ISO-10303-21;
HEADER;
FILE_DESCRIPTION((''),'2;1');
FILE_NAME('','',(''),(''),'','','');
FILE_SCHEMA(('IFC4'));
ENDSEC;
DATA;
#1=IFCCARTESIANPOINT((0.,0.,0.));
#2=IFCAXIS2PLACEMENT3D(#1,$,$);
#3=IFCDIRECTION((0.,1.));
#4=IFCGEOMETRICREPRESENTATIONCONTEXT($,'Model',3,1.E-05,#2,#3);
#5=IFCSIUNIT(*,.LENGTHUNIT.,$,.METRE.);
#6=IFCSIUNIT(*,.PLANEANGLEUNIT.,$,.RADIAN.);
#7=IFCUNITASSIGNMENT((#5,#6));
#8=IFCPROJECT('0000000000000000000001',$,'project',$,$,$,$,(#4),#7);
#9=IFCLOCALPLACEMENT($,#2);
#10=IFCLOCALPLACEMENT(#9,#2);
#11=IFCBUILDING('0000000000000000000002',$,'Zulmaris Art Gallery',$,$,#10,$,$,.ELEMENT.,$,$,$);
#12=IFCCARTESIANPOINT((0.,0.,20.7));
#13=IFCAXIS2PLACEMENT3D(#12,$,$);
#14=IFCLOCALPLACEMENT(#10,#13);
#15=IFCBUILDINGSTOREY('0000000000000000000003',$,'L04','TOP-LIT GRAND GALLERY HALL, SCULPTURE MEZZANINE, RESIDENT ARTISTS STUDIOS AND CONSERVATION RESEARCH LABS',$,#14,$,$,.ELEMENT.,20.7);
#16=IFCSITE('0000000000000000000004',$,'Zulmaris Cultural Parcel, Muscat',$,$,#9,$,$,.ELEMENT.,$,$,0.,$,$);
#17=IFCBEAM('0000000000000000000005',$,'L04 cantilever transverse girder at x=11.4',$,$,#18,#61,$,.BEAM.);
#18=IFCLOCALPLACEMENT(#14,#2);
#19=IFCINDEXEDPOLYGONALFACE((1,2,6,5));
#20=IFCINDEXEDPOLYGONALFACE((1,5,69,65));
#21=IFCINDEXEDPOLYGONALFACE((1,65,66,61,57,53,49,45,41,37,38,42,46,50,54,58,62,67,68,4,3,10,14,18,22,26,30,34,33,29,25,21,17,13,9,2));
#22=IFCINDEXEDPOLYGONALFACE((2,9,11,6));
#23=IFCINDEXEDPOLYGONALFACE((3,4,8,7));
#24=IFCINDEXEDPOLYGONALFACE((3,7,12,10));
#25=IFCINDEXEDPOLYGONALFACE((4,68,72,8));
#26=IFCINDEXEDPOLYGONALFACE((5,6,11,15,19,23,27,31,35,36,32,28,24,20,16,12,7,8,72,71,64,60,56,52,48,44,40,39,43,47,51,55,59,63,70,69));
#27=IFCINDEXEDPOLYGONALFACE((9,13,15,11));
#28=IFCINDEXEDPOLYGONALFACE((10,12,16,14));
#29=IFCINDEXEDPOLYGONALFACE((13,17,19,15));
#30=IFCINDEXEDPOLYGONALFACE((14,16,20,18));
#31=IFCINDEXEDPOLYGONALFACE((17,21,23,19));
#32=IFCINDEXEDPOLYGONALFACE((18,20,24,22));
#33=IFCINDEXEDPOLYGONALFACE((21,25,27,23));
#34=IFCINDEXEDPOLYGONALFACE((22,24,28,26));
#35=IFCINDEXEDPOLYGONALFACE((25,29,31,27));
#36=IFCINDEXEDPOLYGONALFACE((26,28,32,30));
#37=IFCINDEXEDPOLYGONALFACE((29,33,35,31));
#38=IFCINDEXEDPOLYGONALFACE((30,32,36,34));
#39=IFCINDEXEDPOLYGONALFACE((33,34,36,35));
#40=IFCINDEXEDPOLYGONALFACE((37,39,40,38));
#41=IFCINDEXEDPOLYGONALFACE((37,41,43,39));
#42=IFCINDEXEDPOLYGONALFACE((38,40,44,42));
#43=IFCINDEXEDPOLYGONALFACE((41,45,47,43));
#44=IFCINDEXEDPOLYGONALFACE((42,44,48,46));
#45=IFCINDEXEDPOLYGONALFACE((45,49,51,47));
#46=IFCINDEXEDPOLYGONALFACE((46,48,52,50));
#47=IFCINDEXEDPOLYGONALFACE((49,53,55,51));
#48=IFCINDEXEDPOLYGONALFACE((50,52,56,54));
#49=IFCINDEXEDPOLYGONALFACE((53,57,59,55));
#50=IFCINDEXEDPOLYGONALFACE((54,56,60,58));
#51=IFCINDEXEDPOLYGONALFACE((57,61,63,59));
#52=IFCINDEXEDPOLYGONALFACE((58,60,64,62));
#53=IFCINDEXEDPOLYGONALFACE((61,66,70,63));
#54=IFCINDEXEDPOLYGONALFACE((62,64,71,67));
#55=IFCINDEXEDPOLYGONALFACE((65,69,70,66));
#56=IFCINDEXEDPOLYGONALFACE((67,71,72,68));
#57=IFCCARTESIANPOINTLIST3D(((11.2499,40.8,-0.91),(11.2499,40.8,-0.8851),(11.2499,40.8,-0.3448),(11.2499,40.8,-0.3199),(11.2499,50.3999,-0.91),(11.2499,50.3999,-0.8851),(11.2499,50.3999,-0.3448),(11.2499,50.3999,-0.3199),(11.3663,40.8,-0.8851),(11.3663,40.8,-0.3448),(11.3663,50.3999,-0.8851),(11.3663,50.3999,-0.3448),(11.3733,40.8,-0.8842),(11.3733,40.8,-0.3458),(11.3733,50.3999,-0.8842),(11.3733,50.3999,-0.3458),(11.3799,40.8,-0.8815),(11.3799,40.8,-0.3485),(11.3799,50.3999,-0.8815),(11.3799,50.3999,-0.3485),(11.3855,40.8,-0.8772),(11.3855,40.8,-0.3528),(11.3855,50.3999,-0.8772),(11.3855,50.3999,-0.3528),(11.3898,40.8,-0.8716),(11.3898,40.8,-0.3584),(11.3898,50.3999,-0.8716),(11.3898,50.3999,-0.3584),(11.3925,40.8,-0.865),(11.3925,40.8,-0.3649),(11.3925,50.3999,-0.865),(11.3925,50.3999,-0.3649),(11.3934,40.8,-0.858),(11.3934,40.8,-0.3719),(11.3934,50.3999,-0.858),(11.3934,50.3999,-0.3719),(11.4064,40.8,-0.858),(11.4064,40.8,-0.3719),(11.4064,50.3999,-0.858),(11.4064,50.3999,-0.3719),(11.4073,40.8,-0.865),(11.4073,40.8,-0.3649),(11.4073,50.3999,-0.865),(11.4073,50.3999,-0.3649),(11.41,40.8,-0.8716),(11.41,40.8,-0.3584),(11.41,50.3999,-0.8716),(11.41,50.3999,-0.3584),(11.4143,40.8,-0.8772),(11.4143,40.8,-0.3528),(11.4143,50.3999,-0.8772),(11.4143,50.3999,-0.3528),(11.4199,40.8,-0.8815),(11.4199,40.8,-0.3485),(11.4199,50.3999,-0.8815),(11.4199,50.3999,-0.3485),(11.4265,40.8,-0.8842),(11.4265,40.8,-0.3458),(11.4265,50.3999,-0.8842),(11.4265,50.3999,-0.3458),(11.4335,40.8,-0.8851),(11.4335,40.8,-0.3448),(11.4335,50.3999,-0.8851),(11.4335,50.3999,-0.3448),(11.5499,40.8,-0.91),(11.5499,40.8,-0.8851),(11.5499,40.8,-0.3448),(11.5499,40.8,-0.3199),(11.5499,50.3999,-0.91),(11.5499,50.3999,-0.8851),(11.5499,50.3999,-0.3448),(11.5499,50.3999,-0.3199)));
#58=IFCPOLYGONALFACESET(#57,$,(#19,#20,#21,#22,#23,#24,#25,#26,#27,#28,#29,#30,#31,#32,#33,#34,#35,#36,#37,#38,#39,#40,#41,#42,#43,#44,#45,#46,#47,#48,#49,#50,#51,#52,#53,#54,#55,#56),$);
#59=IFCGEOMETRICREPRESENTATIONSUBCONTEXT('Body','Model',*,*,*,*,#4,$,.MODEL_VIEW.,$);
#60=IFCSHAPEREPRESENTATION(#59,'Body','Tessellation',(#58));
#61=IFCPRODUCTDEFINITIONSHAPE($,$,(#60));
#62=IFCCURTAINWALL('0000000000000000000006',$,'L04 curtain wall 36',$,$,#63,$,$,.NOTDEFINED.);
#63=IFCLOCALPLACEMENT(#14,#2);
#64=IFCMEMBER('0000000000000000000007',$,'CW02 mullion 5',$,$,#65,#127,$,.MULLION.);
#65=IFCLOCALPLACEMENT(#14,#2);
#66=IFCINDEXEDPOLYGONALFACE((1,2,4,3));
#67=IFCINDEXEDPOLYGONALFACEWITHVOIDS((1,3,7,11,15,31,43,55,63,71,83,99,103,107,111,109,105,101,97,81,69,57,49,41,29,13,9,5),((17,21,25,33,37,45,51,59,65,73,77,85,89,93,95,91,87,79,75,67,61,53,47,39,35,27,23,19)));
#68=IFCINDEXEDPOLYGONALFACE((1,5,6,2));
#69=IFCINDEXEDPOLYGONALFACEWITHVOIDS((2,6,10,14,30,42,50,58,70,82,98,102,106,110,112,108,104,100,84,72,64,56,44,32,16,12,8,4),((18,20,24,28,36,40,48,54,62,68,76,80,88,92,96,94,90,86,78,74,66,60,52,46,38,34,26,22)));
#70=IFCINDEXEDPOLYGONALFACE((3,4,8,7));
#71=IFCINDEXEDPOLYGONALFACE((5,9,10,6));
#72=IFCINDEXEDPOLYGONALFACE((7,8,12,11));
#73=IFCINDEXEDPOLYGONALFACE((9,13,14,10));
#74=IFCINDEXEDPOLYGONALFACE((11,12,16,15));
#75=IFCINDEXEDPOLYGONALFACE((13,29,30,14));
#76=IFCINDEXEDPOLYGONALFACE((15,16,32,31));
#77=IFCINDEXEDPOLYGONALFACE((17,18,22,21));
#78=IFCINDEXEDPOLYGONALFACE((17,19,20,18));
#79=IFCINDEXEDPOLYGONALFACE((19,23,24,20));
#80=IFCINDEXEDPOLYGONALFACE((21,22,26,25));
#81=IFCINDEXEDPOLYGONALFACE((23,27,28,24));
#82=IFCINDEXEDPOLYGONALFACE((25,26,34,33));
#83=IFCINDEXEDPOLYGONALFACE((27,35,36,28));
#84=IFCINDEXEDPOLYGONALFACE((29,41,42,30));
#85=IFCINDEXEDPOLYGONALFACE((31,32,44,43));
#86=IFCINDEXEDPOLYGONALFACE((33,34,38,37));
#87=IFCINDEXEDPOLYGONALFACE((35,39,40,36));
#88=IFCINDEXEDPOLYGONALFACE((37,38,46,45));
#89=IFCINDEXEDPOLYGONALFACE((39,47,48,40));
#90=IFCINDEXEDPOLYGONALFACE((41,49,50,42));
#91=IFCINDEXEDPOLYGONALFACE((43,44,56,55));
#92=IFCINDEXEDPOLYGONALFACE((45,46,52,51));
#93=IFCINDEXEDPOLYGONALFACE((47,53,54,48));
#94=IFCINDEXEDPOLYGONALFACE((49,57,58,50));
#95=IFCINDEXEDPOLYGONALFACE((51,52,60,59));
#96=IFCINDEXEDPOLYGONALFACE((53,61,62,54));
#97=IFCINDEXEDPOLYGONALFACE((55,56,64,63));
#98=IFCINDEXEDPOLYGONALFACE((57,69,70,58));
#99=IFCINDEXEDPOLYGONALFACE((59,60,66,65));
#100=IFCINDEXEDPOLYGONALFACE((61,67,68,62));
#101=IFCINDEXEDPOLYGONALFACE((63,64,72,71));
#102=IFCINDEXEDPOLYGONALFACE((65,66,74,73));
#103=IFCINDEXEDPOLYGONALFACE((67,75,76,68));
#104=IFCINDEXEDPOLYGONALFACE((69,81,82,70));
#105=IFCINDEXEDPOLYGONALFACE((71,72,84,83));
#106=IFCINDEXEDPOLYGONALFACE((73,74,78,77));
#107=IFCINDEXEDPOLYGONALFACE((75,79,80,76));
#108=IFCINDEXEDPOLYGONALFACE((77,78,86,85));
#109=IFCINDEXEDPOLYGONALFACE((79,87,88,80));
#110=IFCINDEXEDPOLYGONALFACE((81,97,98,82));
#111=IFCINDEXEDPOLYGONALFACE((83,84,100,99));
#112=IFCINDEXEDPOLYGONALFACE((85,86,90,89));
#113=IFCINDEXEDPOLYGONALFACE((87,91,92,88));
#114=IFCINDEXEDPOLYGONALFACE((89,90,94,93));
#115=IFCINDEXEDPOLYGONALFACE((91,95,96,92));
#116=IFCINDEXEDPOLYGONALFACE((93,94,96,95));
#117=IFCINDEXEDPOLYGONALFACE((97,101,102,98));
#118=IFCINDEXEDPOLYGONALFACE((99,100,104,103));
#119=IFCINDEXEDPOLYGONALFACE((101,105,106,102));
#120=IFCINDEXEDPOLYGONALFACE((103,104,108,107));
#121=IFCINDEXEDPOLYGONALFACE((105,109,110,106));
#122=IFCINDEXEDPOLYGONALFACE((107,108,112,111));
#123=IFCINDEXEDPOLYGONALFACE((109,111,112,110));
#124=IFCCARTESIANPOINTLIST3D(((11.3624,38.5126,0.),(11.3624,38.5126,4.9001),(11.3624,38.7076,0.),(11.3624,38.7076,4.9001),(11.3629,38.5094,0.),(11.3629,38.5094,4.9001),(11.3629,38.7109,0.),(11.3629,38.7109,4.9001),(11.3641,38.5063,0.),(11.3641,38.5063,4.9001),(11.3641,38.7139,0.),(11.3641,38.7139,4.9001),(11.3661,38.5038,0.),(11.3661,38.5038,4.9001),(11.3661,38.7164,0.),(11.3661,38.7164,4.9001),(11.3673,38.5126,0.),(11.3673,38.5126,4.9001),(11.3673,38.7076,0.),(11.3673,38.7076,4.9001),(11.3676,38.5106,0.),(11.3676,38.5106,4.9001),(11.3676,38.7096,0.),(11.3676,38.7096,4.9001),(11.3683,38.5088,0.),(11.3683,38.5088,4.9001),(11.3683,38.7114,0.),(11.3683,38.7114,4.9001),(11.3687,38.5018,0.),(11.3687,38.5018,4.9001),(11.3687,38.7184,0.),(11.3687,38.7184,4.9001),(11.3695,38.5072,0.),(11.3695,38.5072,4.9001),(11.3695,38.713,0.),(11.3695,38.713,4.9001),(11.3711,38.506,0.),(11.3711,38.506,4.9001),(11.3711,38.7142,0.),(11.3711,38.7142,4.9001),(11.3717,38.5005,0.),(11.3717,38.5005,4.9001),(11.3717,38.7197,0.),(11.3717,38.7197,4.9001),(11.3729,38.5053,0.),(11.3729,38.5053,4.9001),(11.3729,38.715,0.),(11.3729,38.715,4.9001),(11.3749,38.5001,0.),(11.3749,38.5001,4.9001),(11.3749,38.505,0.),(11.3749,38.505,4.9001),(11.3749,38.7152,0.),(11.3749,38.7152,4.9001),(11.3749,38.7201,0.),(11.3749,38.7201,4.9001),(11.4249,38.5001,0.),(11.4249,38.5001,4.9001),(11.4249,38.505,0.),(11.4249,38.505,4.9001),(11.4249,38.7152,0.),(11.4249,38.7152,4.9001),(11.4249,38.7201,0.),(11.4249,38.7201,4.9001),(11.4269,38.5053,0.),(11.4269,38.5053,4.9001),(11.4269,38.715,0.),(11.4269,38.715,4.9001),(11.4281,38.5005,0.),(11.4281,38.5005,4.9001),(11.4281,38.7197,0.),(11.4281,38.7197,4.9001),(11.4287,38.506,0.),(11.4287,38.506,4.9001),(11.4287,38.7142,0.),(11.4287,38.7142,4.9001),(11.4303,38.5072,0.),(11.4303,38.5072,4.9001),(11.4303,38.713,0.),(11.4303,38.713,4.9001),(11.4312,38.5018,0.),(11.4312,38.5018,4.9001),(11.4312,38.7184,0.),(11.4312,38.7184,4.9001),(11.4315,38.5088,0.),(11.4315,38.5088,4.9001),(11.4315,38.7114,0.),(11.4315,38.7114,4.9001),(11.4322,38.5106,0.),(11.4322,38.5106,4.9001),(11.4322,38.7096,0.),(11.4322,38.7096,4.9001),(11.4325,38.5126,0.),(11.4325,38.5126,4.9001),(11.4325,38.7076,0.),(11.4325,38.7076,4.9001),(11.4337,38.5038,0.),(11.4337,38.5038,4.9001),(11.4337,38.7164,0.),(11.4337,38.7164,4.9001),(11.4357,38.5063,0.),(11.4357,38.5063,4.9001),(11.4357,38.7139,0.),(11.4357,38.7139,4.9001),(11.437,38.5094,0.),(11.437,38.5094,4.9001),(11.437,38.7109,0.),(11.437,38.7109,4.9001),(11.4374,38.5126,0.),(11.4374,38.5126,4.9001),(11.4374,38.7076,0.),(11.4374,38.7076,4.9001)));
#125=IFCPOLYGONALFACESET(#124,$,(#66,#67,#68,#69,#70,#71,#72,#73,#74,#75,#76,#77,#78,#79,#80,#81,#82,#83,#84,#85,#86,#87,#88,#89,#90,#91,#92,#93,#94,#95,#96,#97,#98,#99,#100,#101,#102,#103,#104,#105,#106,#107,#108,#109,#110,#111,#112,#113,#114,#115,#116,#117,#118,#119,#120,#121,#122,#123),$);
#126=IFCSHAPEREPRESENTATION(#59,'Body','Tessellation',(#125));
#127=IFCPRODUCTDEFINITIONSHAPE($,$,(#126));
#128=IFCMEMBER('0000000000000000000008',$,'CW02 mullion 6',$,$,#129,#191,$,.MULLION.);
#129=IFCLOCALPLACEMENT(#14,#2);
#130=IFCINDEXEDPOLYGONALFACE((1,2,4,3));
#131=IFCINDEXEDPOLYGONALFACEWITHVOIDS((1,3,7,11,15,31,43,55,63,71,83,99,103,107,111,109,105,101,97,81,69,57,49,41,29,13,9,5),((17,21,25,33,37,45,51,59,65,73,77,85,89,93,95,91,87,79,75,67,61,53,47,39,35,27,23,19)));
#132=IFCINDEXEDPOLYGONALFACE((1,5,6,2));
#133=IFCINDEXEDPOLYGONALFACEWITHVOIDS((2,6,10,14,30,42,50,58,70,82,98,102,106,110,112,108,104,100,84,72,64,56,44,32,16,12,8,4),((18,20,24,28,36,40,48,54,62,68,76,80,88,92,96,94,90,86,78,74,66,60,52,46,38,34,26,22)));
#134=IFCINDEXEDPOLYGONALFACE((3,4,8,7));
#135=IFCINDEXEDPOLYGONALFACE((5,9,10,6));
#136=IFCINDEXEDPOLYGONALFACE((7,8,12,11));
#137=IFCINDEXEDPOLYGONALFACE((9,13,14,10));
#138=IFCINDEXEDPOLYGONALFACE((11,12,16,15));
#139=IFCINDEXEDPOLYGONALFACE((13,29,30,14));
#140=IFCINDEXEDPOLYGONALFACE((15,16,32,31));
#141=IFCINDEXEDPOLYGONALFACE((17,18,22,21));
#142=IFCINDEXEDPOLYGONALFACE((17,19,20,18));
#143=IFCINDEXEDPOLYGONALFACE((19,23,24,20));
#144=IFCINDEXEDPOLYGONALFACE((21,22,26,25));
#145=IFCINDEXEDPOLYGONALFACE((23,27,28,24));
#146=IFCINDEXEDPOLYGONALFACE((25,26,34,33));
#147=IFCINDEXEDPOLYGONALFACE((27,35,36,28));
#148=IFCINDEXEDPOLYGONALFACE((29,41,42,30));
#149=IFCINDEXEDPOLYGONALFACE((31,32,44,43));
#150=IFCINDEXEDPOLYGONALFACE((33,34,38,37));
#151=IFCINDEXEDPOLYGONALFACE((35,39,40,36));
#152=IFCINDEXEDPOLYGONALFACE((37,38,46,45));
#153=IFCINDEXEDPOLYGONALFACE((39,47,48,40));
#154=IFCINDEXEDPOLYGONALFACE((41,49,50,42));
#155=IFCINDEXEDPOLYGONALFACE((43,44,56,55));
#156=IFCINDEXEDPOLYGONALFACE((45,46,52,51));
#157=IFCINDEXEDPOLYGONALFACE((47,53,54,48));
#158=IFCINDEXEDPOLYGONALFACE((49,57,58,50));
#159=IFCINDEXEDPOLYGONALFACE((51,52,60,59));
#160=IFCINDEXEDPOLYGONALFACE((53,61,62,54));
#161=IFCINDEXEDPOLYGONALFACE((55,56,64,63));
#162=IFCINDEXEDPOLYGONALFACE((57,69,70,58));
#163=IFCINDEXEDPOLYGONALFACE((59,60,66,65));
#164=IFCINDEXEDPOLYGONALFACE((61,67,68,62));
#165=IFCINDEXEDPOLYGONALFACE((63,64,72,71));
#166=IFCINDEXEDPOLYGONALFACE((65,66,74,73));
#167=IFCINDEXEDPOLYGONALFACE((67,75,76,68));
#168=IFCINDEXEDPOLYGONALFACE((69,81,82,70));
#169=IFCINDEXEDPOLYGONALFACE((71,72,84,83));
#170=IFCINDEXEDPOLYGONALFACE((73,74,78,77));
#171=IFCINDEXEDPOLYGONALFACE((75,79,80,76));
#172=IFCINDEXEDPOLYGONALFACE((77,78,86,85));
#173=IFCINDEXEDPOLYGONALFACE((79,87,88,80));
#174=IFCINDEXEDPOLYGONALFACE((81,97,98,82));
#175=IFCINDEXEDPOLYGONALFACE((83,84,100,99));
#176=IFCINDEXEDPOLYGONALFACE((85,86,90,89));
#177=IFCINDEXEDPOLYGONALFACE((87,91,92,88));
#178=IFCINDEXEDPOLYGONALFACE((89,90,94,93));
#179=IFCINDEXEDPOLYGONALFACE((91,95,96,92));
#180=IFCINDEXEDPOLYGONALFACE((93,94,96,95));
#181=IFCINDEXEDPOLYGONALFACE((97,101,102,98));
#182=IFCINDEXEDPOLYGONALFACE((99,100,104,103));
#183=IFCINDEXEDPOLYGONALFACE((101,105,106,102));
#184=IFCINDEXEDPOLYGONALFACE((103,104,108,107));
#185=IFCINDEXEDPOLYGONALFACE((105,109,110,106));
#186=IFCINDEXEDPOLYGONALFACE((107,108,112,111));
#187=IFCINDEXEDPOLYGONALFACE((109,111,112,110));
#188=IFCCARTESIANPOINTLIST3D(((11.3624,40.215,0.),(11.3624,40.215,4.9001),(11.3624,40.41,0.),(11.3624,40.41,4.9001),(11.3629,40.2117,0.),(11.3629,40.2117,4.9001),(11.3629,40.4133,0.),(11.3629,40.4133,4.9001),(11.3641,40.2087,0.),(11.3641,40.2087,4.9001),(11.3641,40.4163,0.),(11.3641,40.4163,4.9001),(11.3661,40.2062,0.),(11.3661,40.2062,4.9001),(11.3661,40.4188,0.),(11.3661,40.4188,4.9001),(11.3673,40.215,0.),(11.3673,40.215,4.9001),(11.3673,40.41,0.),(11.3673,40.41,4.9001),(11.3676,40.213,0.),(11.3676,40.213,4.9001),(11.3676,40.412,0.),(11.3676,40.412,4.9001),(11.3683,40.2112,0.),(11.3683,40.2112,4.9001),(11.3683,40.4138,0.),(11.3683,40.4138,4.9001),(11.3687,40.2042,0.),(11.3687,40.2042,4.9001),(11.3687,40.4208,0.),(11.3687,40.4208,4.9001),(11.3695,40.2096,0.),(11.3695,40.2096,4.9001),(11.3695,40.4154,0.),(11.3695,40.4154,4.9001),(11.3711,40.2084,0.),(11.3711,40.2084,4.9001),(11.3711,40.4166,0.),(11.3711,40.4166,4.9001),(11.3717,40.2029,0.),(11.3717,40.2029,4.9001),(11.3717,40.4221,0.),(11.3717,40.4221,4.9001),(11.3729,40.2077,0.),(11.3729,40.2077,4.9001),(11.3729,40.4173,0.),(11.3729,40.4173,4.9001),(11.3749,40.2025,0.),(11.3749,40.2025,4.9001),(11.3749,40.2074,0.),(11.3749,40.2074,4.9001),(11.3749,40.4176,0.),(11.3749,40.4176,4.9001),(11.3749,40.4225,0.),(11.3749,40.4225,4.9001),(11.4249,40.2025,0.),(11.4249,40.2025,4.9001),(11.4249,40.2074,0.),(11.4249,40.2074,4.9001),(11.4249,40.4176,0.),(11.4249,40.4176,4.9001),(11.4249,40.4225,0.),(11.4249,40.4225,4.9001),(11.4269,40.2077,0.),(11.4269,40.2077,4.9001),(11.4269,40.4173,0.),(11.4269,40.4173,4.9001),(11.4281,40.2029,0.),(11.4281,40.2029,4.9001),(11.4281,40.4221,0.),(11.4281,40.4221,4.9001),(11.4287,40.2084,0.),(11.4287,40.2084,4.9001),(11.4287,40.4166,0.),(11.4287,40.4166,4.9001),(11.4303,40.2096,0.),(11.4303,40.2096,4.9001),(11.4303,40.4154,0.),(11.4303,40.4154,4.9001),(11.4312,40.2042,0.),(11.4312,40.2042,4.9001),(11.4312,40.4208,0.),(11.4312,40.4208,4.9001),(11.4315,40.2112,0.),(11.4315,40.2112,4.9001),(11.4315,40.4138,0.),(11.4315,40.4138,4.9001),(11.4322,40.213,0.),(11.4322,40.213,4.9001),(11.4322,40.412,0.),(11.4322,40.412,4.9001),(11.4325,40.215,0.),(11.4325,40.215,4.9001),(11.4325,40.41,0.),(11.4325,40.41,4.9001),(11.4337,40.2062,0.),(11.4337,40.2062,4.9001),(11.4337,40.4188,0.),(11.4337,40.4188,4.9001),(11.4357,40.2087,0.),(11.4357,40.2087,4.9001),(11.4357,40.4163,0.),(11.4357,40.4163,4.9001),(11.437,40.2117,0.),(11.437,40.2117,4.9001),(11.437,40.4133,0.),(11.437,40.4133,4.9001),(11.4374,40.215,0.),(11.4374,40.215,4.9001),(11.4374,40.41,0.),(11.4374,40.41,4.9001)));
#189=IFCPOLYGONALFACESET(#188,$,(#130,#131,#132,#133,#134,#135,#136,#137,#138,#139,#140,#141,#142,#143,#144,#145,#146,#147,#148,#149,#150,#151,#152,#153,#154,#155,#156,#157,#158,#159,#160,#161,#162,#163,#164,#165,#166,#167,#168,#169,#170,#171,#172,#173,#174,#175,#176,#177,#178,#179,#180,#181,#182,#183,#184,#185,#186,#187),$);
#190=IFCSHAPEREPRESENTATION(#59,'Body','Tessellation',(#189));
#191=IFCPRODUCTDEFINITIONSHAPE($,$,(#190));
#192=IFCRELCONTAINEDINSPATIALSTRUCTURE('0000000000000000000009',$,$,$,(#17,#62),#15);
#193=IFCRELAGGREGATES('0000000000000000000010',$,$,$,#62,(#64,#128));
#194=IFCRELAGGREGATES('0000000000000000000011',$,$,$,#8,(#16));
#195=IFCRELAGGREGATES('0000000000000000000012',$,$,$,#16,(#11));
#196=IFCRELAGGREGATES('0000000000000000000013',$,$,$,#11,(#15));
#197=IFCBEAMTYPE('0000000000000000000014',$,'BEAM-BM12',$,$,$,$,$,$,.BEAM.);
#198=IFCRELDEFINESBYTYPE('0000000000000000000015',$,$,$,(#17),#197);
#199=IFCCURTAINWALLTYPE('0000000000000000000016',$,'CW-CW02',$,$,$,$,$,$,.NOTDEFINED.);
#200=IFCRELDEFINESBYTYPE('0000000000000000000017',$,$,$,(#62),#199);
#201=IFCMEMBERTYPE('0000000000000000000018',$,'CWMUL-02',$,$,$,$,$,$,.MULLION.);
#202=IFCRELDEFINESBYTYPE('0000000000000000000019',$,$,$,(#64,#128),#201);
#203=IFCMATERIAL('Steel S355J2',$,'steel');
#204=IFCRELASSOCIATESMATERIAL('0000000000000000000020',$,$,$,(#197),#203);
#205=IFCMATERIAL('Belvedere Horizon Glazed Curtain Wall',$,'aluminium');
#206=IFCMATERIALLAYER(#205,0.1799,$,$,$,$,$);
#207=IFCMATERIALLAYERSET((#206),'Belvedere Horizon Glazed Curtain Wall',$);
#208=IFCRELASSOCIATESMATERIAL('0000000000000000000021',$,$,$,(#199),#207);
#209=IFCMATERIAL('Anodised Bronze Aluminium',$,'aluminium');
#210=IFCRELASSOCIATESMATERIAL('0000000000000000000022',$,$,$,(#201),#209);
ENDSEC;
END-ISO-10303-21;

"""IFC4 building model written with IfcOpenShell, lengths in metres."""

from ifc_helpers import new_model, si_unit, direction, frame, origin, origin_2d, place, context, subcontext, project, spatial, hollow_rectangle, i_section, extrude, material, layer, layer_set, material_profile, profile_set, type_object, element, aggregate, save


model = new_model("IFC4")

# Units and contexts
model_context = context("Model", 3, precision=1e-05, world=origin(), true_north=direction((0.0, 1.0)))
body_context = subcontext(model_context, "Body", "Model", "MODEL_VIEW")
ifc_project = project(units=[si_unit("LENGTHUNIT", "METRE"), si_unit("PLANEANGLEUNIT", "RADIAN")], contexts=[model_context])

# Site, building, storey
site_placement = place(None, origin())
site = spatial("IfcSite", under=ifc_project, at=site_placement, Name="Zulmaris Cultural Parcel, Muscat", CompositionType="ELEMENT", RefElevation=0.0)
building_placement = place(site_placement, origin())
building = spatial("IfcBuilding", under=site, at=building_placement, Name="Zulmaris Art Gallery", CompositionType="ELEMENT")
storey_placement = place(building_placement, frame((0.0, 0.0, 20.7)))
storey = spatial("IfcBuildingStorey", under=building, at=storey_placement, Name="L04", Description="TOP-LIT GRAND GALLERY HALL, SCULPTURE MEZZANINE, RESIDENT ARTISTS STUDIOS AND CONSERVATION RESEARCH LABS", CompositionType="ELEMENT", Elevation=20.7)

# Beam
ifc_material_1 = material(Name="Steel S355J2", Category="steel")
ifc_material_profile_1 = material_profile(ifc_material_1, i_section(OverallWidth=0.3, OverallDepth=0.5901, WebThickness=0.0129, FlangeThickness=0.0249, FilletRadius=0.0271, at=origin_2d()), Name="HEA 600")
ifc_profile_set_1 = profile_set([ifc_material_profile_1], Name="Steel S355J2")
beam_type = type_object("IfcBeamType", Name="BEAM-BM12", PredefinedType="BEAM", material=ifc_profile_set_1)
beam_placement = place(storey_placement, frame((11.3999, 40.8, -0.615), z_axis=(0.0, 1.0, 0.0), x_axis=(-1.0, 0.0, 0.0)))
element("IfcBeam", 1, at=beam_placement, inside=storey, type_object=beam_type, Name="L04 cantilever transverse girder at x=11.4", PredefinedType="BEAM", context=body_context, shape_type="SweptSolid", body=[
    extrude(i_section(OverallWidth=0.3, OverallDepth=0.5901, WebThickness=0.0129, FlangeThickness=0.0249, FilletRadius=0.0271, at=origin_2d()), origin(), (0.0, 0.0, 1.0), 9.5999),
])

# Curtain wall, members
ifc_material_2 = material(Name="Belvedere Horizon Glazed Curtain Wall", Category="aluminium")
ifc_layer_1 = layer(ifc_material_2, 0.1799)
ifc_layer_set_1 = layer_set([ifc_layer_1], Name="Belvedere Horizon Glazed Curtain Wall")
curtain_wall_type = type_object("IfcCurtainWallType", Name="CW-CW02", PredefinedType="NOTDEFINED", material=ifc_layer_set_1)
curtain_wall_1_placement = place(storey_placement, origin())
curtain_wall_1 = element("IfcCurtainWall", 2, at=curtain_wall_1_placement, inside=storey, type_object=curtain_wall_type, Name="L04 curtain wall 36", PredefinedType="NOTDEFINED")
ifc_material_3 = material(Name="Anodised Bronze Aluminium", Category="aluminium")
ifc_material_profile_2 = material_profile(ifc_material_3, hollow_rectangle(XDim=0.075, YDim=0.22, WallThickness=0.0049, InnerFilletRadius=0.0076, OuterFilletRadius=0.0125, at=origin_2d()), Name="ALU 75x220x5")
ifc_profile_set_2 = profile_set([ifc_material_profile_2], Name="Anodised Bronze Aluminium")
member_type_1 = type_object("IfcMemberType", Name="CWMUL-02", PredefinedType="MULLION", material=ifc_profile_set_2)
member_1_placement = place(storey_placement, frame((11.3999, 38.6101, 0.0), z_axis=(0.0, 0.0, 1.0), x_axis=(-1.0, 0.0, 0.0)))
member_1 = element("IfcMember", 3, at=member_1_placement, type_object=member_type_1, Name="CW02 mullion 5", PredefinedType="MULLION", context=body_context, shape_type="SweptSolid", body=[
    extrude(hollow_rectangle(XDim=0.075, YDim=0.22, WallThickness=0.0049, InnerFilletRadius=0.0076, OuterFilletRadius=0.0125, at=origin_2d()), origin(), (0.0, 0.0, 1.0), 4.9001),
])
member_2_placement = place(storey_placement, frame((11.3999, 40.3125, 0.0), z_axis=(0.0, 0.0, 1.0), x_axis=(-1.0, 0.0, 0.0)))
member_2 = element("IfcMember", 4, at=member_2_placement, type_object=member_type_1, Name="CW02 mullion 6", PredefinedType="MULLION", context=body_context, shape_type="SweptSolid", body=[
    extrude(hollow_rectangle(XDim=0.075, YDim=0.22, WallThickness=0.0049, InnerFilletRadius=0.0076, OuterFilletRadius=0.0125, at=origin_2d()), origin(), (0.0, 0.0, 1.0), 4.9001),
])

aggregate(curtain_wall_1, [member_1, member_2])

save(model, "model.ifc")
